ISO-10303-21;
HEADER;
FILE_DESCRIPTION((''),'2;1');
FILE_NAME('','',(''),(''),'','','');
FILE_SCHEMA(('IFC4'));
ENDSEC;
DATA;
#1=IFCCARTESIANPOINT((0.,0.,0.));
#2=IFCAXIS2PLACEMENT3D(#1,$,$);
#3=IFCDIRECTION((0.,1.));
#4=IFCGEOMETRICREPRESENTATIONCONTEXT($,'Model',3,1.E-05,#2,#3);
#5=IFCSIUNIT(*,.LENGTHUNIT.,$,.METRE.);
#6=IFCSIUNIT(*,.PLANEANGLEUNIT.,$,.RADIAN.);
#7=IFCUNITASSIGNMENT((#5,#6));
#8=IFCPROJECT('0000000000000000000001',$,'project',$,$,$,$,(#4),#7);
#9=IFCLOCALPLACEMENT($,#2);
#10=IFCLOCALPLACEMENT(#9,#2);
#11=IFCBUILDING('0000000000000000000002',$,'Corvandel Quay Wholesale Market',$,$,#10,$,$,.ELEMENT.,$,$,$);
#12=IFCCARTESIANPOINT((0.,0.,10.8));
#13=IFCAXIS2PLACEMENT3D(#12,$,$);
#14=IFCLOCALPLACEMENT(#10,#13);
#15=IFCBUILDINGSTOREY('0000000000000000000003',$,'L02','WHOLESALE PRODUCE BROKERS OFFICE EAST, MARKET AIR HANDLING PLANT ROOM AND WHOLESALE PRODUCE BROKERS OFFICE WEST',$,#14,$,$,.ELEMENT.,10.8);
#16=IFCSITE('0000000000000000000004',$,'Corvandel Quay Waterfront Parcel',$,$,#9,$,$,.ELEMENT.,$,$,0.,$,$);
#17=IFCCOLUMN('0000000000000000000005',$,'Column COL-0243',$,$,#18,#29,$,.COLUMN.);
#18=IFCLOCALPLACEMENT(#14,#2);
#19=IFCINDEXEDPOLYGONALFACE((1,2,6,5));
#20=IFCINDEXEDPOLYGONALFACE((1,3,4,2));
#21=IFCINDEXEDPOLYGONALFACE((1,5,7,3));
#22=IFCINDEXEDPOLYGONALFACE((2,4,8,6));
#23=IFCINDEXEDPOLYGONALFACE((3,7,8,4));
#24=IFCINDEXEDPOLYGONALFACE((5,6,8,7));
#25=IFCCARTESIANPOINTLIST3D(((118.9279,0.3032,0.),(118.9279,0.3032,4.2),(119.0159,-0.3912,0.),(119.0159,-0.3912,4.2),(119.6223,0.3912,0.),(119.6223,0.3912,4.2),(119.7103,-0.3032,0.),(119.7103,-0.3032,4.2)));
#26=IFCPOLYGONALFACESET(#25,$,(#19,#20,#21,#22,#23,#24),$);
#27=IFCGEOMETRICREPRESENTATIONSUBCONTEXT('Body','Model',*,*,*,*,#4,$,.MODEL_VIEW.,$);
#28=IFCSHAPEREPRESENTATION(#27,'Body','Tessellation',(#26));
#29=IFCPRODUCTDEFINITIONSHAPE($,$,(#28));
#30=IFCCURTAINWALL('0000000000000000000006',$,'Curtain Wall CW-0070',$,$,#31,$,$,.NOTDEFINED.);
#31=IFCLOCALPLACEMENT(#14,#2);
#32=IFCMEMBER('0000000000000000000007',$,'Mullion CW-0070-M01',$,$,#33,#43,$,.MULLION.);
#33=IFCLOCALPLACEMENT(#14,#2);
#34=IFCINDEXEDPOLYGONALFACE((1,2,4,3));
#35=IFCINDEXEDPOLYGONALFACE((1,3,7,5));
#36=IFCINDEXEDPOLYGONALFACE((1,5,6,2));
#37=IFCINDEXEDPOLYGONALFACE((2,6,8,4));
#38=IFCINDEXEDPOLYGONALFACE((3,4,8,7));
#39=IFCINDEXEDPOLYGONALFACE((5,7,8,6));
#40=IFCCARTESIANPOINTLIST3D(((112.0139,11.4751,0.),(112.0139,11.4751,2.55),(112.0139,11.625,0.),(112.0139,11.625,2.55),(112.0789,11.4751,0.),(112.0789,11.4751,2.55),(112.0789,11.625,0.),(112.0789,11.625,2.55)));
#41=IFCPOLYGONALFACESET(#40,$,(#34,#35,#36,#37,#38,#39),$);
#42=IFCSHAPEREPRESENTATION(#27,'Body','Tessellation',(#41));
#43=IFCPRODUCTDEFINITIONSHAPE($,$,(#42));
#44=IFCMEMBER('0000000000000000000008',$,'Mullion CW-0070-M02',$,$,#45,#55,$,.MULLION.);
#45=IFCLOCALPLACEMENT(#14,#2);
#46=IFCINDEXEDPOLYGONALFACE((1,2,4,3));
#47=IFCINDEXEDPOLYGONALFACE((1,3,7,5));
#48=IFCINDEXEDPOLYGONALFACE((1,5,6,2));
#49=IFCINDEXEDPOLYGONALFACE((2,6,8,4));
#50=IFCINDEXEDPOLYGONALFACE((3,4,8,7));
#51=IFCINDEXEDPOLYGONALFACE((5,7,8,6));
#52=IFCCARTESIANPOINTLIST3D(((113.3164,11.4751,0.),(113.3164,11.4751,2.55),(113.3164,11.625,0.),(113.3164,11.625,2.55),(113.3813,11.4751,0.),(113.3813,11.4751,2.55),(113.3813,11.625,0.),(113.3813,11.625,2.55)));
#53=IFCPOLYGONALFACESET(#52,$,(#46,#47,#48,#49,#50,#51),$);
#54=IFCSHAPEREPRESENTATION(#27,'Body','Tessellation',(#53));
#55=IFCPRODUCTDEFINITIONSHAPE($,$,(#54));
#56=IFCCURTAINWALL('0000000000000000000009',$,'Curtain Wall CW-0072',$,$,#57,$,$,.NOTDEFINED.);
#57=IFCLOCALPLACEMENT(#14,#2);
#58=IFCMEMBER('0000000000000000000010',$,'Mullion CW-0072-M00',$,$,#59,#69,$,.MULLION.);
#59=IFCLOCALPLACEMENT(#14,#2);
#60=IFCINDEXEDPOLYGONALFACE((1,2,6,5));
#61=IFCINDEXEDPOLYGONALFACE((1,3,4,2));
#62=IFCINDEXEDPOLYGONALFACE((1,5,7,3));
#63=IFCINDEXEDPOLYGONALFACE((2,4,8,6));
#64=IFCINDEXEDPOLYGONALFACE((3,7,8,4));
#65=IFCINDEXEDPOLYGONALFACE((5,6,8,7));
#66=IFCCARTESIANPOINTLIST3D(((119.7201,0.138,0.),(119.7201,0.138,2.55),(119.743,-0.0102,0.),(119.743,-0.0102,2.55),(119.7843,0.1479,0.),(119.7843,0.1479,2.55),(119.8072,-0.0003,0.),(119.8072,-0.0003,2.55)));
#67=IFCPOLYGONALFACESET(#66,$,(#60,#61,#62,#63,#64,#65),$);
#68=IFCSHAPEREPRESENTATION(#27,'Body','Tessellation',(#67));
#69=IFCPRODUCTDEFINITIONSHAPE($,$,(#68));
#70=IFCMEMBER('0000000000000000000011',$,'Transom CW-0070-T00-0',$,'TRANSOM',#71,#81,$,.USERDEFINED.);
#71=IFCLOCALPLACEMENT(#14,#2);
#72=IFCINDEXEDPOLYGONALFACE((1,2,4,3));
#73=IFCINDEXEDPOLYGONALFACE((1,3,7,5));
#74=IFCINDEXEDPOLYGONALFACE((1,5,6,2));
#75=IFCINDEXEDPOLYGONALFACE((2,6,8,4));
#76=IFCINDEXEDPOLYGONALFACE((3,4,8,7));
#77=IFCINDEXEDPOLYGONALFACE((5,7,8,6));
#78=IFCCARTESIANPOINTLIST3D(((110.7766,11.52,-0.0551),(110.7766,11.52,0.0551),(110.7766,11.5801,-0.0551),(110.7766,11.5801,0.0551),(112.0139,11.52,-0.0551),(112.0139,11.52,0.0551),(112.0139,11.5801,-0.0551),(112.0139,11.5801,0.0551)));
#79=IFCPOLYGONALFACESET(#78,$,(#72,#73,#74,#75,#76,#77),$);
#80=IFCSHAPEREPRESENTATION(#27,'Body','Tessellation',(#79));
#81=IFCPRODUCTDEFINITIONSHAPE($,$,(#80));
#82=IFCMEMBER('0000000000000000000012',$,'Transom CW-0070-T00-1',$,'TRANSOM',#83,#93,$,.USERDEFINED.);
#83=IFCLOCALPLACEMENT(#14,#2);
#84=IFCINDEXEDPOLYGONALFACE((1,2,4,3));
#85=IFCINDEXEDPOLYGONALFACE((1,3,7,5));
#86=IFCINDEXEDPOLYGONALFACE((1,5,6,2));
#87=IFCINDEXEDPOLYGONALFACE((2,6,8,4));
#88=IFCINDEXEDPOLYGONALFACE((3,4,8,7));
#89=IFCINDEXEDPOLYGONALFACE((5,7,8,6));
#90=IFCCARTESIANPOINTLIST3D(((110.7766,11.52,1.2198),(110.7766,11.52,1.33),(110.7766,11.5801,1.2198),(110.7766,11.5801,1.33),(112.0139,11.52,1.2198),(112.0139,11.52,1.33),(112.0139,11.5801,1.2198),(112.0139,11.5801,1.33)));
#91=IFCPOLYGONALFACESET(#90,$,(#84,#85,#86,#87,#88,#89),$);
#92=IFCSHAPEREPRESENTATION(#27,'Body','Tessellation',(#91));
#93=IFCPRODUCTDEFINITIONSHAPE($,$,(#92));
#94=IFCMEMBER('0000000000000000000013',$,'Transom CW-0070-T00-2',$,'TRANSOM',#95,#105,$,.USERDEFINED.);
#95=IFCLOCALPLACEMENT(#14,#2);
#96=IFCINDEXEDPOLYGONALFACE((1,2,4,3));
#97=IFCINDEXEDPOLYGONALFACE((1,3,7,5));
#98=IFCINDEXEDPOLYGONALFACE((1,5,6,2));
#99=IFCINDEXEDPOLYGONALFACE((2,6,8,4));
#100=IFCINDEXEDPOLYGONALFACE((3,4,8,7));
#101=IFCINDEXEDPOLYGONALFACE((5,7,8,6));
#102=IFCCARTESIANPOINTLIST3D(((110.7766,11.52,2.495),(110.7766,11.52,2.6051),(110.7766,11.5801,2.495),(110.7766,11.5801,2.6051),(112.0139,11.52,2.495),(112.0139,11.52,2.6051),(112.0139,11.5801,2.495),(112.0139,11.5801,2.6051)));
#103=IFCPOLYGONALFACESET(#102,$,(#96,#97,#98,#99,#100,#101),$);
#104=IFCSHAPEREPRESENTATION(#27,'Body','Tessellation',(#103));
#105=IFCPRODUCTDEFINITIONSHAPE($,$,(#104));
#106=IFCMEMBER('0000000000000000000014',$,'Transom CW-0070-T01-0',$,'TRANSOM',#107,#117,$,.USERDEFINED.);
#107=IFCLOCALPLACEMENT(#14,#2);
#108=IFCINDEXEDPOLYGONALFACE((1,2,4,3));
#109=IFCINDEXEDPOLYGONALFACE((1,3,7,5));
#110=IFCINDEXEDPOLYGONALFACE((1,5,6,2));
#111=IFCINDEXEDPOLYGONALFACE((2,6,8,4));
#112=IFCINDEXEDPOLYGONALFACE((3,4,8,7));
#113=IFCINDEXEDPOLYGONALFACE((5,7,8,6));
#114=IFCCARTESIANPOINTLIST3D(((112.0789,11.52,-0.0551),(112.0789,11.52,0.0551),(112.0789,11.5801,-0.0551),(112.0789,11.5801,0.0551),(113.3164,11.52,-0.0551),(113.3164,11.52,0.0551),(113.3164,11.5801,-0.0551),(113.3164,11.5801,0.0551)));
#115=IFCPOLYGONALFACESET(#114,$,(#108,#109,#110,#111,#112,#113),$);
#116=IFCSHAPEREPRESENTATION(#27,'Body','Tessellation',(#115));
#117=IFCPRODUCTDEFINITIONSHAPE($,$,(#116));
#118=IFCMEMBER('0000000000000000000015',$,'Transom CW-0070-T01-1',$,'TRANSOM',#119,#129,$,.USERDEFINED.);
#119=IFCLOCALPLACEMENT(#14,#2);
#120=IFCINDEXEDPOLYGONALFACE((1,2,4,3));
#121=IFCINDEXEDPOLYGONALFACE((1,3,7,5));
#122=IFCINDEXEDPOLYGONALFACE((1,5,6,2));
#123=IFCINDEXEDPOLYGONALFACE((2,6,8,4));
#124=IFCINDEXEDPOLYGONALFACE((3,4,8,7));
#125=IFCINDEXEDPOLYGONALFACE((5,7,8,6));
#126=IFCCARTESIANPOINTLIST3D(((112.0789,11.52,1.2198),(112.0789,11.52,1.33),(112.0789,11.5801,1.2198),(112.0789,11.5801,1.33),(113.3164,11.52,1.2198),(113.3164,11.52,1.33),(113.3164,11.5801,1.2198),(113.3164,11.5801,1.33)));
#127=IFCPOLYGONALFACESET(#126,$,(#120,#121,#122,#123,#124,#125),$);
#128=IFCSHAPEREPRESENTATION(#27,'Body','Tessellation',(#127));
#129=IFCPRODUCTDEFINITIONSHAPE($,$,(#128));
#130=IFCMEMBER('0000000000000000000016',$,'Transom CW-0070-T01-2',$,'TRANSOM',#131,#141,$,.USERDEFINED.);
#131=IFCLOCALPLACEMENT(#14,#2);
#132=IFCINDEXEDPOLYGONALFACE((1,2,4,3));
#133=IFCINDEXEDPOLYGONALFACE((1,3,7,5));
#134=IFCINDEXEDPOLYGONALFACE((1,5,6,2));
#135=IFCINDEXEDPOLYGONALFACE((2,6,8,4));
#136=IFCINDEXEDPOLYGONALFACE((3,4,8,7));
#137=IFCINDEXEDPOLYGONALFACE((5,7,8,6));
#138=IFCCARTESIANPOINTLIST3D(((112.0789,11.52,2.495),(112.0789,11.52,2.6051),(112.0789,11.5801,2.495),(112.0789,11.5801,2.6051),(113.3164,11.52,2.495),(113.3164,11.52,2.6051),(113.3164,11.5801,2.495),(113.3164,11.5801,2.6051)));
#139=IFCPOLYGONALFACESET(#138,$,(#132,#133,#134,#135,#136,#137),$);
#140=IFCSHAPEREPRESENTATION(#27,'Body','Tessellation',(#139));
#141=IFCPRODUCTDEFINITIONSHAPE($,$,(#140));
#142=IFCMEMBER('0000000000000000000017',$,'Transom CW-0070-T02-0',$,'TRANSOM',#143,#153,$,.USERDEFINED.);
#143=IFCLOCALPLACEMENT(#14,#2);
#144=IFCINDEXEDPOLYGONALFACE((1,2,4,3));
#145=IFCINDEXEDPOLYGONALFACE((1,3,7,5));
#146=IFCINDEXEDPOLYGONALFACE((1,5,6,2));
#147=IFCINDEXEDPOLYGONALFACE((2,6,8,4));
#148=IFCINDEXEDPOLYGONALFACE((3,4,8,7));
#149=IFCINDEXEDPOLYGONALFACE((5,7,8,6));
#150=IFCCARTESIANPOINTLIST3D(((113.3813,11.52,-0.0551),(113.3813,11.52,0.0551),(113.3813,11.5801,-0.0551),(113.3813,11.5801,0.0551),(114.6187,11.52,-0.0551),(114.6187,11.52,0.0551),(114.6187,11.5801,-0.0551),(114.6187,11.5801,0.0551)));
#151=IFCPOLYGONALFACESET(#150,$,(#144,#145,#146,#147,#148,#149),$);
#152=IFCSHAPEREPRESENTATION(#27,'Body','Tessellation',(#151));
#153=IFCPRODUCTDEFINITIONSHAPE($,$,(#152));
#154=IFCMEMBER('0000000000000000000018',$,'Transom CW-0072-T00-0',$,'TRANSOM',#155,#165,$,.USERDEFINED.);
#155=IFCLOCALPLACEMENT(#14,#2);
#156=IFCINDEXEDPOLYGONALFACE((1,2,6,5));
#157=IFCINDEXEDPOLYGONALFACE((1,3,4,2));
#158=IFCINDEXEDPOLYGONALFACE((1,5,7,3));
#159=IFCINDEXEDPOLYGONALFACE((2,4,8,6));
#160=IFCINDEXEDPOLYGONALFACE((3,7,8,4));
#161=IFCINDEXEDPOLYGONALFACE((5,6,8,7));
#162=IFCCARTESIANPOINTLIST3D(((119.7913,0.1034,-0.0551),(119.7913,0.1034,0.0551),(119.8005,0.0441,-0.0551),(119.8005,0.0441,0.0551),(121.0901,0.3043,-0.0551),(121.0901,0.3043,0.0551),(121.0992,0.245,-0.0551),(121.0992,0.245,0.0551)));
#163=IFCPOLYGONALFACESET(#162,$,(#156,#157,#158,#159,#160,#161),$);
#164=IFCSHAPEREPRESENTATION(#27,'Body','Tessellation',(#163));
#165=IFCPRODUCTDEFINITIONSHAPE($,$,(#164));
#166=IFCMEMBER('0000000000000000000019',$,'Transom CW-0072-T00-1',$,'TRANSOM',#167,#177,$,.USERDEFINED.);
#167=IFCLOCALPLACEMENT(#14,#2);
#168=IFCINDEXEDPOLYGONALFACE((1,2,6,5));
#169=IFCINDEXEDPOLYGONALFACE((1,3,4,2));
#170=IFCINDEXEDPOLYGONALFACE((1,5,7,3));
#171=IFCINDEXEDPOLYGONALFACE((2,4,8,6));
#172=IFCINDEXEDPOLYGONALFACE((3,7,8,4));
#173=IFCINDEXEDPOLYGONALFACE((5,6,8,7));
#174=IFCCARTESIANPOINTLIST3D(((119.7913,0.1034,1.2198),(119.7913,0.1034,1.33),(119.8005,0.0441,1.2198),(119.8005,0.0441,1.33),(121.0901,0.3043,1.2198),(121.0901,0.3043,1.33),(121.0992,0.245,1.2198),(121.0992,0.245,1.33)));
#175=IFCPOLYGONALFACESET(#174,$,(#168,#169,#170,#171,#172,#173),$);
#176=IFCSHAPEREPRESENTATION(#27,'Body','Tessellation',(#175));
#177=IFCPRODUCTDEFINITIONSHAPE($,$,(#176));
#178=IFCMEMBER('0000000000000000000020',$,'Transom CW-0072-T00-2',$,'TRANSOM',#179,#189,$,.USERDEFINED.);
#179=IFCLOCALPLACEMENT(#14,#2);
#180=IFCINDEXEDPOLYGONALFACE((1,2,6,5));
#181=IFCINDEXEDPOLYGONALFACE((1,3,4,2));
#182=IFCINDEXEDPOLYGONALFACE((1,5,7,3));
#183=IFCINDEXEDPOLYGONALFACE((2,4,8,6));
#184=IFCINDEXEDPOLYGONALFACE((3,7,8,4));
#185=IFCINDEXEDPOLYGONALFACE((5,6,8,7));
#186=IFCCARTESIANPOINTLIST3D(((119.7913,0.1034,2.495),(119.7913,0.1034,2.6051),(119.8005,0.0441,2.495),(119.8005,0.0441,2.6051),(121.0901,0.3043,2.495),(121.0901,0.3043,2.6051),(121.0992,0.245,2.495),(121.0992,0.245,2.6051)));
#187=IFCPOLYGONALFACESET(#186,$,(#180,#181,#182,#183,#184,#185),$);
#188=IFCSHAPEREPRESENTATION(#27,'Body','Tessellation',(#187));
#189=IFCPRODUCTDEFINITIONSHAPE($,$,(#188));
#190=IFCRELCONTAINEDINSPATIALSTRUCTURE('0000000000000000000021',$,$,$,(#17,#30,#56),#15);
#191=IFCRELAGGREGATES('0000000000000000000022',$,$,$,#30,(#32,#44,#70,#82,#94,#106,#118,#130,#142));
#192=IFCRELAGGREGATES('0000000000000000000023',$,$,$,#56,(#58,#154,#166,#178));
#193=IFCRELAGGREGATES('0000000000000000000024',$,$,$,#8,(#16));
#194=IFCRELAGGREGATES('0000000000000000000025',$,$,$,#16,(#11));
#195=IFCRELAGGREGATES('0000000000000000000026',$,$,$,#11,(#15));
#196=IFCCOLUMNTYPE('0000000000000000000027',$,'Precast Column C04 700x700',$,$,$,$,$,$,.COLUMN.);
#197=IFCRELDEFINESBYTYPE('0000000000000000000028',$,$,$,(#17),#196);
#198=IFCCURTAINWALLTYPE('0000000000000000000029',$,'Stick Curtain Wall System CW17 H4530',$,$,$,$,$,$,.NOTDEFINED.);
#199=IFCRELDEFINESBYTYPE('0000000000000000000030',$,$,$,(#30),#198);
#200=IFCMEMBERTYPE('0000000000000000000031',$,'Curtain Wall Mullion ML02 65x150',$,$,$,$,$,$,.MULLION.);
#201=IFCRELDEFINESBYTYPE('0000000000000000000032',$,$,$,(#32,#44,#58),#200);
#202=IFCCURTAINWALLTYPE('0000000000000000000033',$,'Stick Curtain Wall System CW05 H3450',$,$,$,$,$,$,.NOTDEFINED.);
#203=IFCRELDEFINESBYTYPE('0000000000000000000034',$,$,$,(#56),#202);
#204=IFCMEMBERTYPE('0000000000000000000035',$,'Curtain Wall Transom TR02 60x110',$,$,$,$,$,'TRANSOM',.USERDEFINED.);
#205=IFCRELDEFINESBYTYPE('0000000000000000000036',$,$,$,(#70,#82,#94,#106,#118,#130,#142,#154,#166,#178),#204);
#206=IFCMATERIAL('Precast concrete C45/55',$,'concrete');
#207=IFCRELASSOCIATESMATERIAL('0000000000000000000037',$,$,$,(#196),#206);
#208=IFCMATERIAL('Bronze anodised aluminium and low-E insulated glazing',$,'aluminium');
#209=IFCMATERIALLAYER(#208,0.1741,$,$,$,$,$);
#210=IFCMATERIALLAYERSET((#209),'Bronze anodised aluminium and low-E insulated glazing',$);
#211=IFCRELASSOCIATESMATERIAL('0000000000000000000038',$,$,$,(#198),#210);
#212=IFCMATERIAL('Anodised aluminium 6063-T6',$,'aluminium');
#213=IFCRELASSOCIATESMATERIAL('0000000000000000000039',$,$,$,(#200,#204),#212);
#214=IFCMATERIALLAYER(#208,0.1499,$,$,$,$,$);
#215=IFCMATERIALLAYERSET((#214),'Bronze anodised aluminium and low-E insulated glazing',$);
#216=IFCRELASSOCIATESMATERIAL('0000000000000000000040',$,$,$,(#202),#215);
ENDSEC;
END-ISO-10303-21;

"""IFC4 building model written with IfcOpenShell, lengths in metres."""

from ifc_helpers import new_model, si_unit, direction, frame, origin, origin_2d, place, context, subcontext, project, spatial, rectangle, extrude, material, layer, layer_set, material_profile, profile_set, type_object, element, aggregate, save


model = new_model("IFC4")

# Units and contexts
model_context = context("Model", 3, precision=1e-05, world=origin(), true_north=direction((0.0, 1.0)))
body_context = subcontext(model_context, "Body", "Model", "MODEL_VIEW")
ifc_project = project(units=[si_unit("LENGTHUNIT", "METRE"), si_unit("PLANEANGLEUNIT", "RADIAN")], contexts=[model_context])

# Site, building, storey
site_placement = place(None, origin())
site = spatial("IfcSite", under=ifc_project, at=site_placement, Name="Corvandel Quay Waterfront Parcel", CompositionType="ELEMENT", RefElevation=0.0)
building_placement = place(site_placement, origin())
building = spatial("IfcBuilding", under=site, at=building_placement, Name="Corvandel Quay Wholesale Market", CompositionType="ELEMENT")
storey_placement = place(building_placement, frame((0.0, 0.0, 10.8)))
storey = spatial("IfcBuildingStorey", under=building, at=storey_placement, Name="L02", Description="WHOLESALE PRODUCE BROKERS OFFICE EAST, MARKET AIR HANDLING PLANT ROOM AND WHOLESALE PRODUCE BROKERS OFFICE WEST", CompositionType="ELEMENT", Elevation=10.8)

# Column
ifc_material_1 = material(Name="Precast concrete C45/55", Category="concrete")
ifc_material_profile_1 = material_profile(ifc_material_1, rectangle(XDim=0.7, YDim=0.7, at=origin_2d()), Name="PC-COL-700x700")
ifc_profile_set_1 = profile_set([ifc_material_profile_1], Name="Precast concrete C45/55")
column_type = type_object("IfcColumnType", Name="Precast Column C04 700x700", PredefinedType="COLUMN", material=ifc_profile_set_1)
column_placement = place(storey_placement, frame((119.3191, 0.0, 0.0), z_axis=(0.0, 0.0, 1.0), x_axis=(0.992071, 0.12568, 0.0)))
element("IfcColumn", 1, at=column_placement, inside=storey, type_object=column_type, Name="Column COL-0243", PredefinedType="COLUMN", context=body_context, shape_type="SweptSolid", body=[
    extrude(rectangle(XDim=0.7, YDim=0.7, at=origin_2d()), origin(), (0.0, 0.0, 1.0), 4.2),
])

# Curtain wall, members
ifc_material_2 = material(Name="Bronze anodised aluminium and low-E insulated glazing", Category="aluminium")
ifc_layer_1 = layer(ifc_material_2, 0.1741)
ifc_layer_set_1 = layer_set([ifc_layer_1], Name="Bronze anodised aluminium and low-E insulated glazing")
curtain_wall_type_1 = type_object("IfcCurtainWallType", Name="Stick Curtain Wall System CW17 H4530", PredefinedType="NOTDEFINED", material=ifc_layer_set_1)
curtain_wall_1_placement = place(storey_placement, origin())
curtain_wall_1 = element("IfcCurtainWall", 2, at=curtain_wall_1_placement, inside=storey, type_object=curtain_wall_type_1, Name="Curtain Wall CW-0070", PredefinedType="NOTDEFINED")
ifc_material_3 = material(Name="Anodised aluminium 6063-T6", Category="aluminium")
ifc_material_profile_2 = material_profile(ifc_material_3, rectangle(XDim=0.0649, YDim=0.1499, at=origin_2d()), Name="ALU-MUL-65x150")
ifc_profile_set_2 = profile_set([ifc_material_profile_2], Name="Anodised aluminium 6063-T6")
member_type_1 = type_object("IfcMemberType", Name="Curtain Wall Mullion ML02 65x150", PredefinedType="MULLION", material=ifc_profile_set_2)
member_1_placement = place(storey_placement, frame((112.0464, 11.55, 0.0), z_axis=(0.0, 0.0, 1.0), x_axis=(1.0, 0.0, 0.0)))
member_1 = element("IfcMember", 3, at=member_1_placement, type_object=member_type_1, Name="Mullion CW-0070-M01", PredefinedType="MULLION", context=body_context, shape_type="SweptSolid", body=[
    extrude(rectangle(XDim=0.0649, YDim=0.1499, at=origin_2d()), origin(), (0.0, 0.0, 1.0), 2.55),
])
member_2_placement = place(storey_placement, frame((113.3489, 11.55, 0.0), z_axis=(0.0, 0.0, 1.0), x_axis=(1.0, 0.0, 0.0)))
member_2 = element("IfcMember", 4, at=member_2_placement, type_object=member_type_1, Name="Mullion CW-0070-M02", PredefinedType="MULLION", context=body_context, shape_type="SweptSolid", body=[
    extrude(rectangle(XDim=0.0649, YDim=0.1499, at=origin_2d()), origin(), (0.0, 0.0, 1.0), 2.55),
])

# Curtain wall, member
ifc_layer_2 = layer(ifc_material_2, 0.1499)
ifc_layer_set_2 = layer_set([ifc_layer_2], Name="Bronze anodised aluminium and low-E insulated glazing")
curtain_wall_type_2 = type_object("IfcCurtainWallType", Name="Stick Curtain Wall System CW05 H3450", PredefinedType="NOTDEFINED", material=ifc_layer_set_2)
curtain_wall_2_placement = place(storey_placement, origin())
curtain_wall_2 = element("IfcCurtainWall", 5, at=curtain_wall_2_placement, inside=storey, type_object=curtain_wall_type_2, Name="Curtain Wall CW-0072", PredefinedType="NOTDEFINED")
member_3_placement = place(storey_placement, frame((119.7637, 0.0688, 0.0), z_axis=(0.0, 0.0, 1.0), x_axis=(0.988255, 0.152813, 0.0)))
member_3 = element("IfcMember", 6, at=member_3_placement, type_object=member_type_1, Name="Mullion CW-0072-M00", PredefinedType="MULLION", context=body_context, shape_type="SweptSolid", body=[
    extrude(rectangle(XDim=0.0649, YDim=0.1499, at=origin_2d()), origin(), (0.0, 0.0, 1.0), 2.55),
])

# Members
ifc_material_profile_3 = material_profile(ifc_material_3, rectangle(XDim=0.0601, YDim=0.1101, at=origin_2d()), Name="ALU-TRN-60x110")
ifc_profile_set_3 = profile_set([ifc_material_profile_3], Name="Anodised aluminium 6063-T6")
member_type_2 = type_object("IfcMemberType", Name="Curtain Wall Transom TR02 60x110", ElementType="TRANSOM", PredefinedType="USERDEFINED", material=ifc_profile_set_3)
member_4_placement = place(storey_placement, frame((110.7766, 11.55, 0.0), z_axis=(1.0, 0.0, 0.0), x_axis=(0.0, 1.0, 0.0)))
member_4 = element("IfcMember", 7, at=member_4_placement, type_object=member_type_2, Name="Transom CW-0070-T00-0", ObjectType="TRANSOM", PredefinedType="USERDEFINED", context=body_context, shape_type="SweptSolid", body=[
    extrude(rectangle(XDim=0.0601, YDim=0.1101, at=origin_2d()), origin(), (0.0, 0.0, 1.0), 1.2373),
])
member_5_placement = place(storey_placement, frame((110.7766, 11.55, 1.2749), z_axis=(1.0, 0.0, 0.0), x_axis=(0.0, 1.0, 0.0)))
member_5 = element("IfcMember", 8, at=member_5_placement, type_object=member_type_2, Name="Transom CW-0070-T00-1", ObjectType="TRANSOM", PredefinedType="USERDEFINED", context=body_context, shape_type="SweptSolid", body=[
    extrude(rectangle(XDim=0.0601, YDim=0.1101, at=origin_2d()), origin(), (0.0, 0.0, 1.0), 1.2373),
])
member_6_placement = place(storey_placement, frame((110.7766, 11.55, 2.55), z_axis=(1.0, 0.0, 0.0), x_axis=(0.0, 1.0, 0.0)))
member_6 = element("IfcMember", 9, at=member_6_placement, type_object=member_type_2, Name="Transom CW-0070-T00-2", ObjectType="TRANSOM", PredefinedType="USERDEFINED", context=body_context, shape_type="SweptSolid", body=[
    extrude(rectangle(XDim=0.0601, YDim=0.1101, at=origin_2d()), origin(), (0.0, 0.0, 1.0), 1.2373),
])
member_7_placement = place(storey_placement, frame((112.0789, 11.55, 0.0), z_axis=(1.0, 0.0, 0.0), x_axis=(0.0, 1.0, 0.0)))
member_7 = element("IfcMember", 10, at=member_7_placement, type_object=member_type_2, Name="Transom CW-0070-T01-0", ObjectType="TRANSOM", PredefinedType="USERDEFINED", context=body_context, shape_type="SweptSolid", body=[
    extrude(rectangle(XDim=0.0601, YDim=0.1101, at=origin_2d()), origin(), (0.0, 0.0, 1.0), 1.2375),
])
member_8_placement = place(storey_placement, frame((112.0789, 11.55, 1.2749), z_axis=(1.0, 0.0, 0.0), x_axis=(0.0, 1.0, 0.0)))
member_8 = element("IfcMember", 11, at=member_8_placement, type_object=member_type_2, Name="Transom CW-0070-T01-1", ObjectType="TRANSOM", PredefinedType="USERDEFINED", context=body_context, shape_type="SweptSolid", body=[
    extrude(rectangle(XDim=0.0601, YDim=0.1101, at=origin_2d()), origin(), (0.0, 0.0, 1.0), 1.2375),
])
member_9_placement = place(storey_placement, frame((112.0789, 11.55, 2.55), z_axis=(1.0, 0.0, 0.0), x_axis=(0.0, 1.0, 0.0)))
member_9 = element("IfcMember", 12, at=member_9_placement, type_object=member_type_2, Name="Transom CW-0070-T01-2", ObjectType="TRANSOM", PredefinedType="USERDEFINED", context=body_context, shape_type="SweptSolid", body=[
    extrude(rectangle(XDim=0.0601, YDim=0.1101, at=origin_2d()), origin(), (0.0, 0.0, 1.0), 1.2375),
])
member_10_placement = place(storey_placement, frame((113.3813, 11.55, 0.0), z_axis=(1.0, 0.0, 0.0), x_axis=(0.0, 1.0, 0.0)))
member_10 = element("IfcMember", 13, at=member_10_placement, type_object=member_type_2, Name="Transom CW-0070-T02-0", ObjectType="TRANSOM", PredefinedType="USERDEFINED", context=body_context, shape_type="SweptSolid", body=[
    extrude(rectangle(XDim=0.0601, YDim=0.1101, at=origin_2d()), origin(), (0.0, 0.0, 1.0), 1.2373),
])
member_11_placement = place(storey_placement, frame((119.7959, 0.0737, 0.0), z_axis=(0.988245, 0.152881, 0.0), x_axis=(-0.152881, 0.988245, 0.0)))
member_11 = element("IfcMember", 14, at=member_11_placement, type_object=member_type_2, Name="Transom CW-0072-T00-0", ObjectType="TRANSOM", PredefinedType="USERDEFINED", context=body_context, shape_type="SweptSolid", body=[
    extrude(rectangle(XDim=0.0601, YDim=0.1101, at=origin_2d()), origin(), (0.0, 0.0, 1.0), 1.3142),
])
member_12_placement = place(storey_placement, frame((119.7959, 0.0737, 1.2749), z_axis=(0.988245, 0.152881, 0.0), x_axis=(-0.152881, 0.988245, 0.0)))
member_12 = element("IfcMember", 15, at=member_12_placement, type_object=member_type_2, Name="Transom CW-0072-T00-1", ObjectType="TRANSOM", PredefinedType="USERDEFINED", context=body_context, shape_type="SweptSolid", body=[
    extrude(rectangle(XDim=0.0601, YDim=0.1101, at=origin_2d()), origin(), (0.0, 0.0, 1.0), 1.3142),
])
member_13_placement = place(storey_placement, frame((119.7959, 0.0737, 2.55), z_axis=(0.988245, 0.152881, 0.0), x_axis=(-0.152881, 0.988245, 0.0)))
member_13 = element("IfcMember", 16, at=member_13_placement, type_object=member_type_2, Name="Transom CW-0072-T00-2", ObjectType="TRANSOM", PredefinedType="USERDEFINED", context=body_context, shape_type="SweptSolid", body=[
    extrude(rectangle(XDim=0.0601, YDim=0.1101, at=origin_2d()), origin(), (0.0, 0.0, 1.0), 1.3142),
])

aggregate(curtain_wall_1, [member_1, member_2, member_4, member_5, member_6, member_7, member_8, member_9, member_10])
aggregate(curtain_wall_2, [member_3, member_11, member_12, member_13])

save(model, "model.ifc")
